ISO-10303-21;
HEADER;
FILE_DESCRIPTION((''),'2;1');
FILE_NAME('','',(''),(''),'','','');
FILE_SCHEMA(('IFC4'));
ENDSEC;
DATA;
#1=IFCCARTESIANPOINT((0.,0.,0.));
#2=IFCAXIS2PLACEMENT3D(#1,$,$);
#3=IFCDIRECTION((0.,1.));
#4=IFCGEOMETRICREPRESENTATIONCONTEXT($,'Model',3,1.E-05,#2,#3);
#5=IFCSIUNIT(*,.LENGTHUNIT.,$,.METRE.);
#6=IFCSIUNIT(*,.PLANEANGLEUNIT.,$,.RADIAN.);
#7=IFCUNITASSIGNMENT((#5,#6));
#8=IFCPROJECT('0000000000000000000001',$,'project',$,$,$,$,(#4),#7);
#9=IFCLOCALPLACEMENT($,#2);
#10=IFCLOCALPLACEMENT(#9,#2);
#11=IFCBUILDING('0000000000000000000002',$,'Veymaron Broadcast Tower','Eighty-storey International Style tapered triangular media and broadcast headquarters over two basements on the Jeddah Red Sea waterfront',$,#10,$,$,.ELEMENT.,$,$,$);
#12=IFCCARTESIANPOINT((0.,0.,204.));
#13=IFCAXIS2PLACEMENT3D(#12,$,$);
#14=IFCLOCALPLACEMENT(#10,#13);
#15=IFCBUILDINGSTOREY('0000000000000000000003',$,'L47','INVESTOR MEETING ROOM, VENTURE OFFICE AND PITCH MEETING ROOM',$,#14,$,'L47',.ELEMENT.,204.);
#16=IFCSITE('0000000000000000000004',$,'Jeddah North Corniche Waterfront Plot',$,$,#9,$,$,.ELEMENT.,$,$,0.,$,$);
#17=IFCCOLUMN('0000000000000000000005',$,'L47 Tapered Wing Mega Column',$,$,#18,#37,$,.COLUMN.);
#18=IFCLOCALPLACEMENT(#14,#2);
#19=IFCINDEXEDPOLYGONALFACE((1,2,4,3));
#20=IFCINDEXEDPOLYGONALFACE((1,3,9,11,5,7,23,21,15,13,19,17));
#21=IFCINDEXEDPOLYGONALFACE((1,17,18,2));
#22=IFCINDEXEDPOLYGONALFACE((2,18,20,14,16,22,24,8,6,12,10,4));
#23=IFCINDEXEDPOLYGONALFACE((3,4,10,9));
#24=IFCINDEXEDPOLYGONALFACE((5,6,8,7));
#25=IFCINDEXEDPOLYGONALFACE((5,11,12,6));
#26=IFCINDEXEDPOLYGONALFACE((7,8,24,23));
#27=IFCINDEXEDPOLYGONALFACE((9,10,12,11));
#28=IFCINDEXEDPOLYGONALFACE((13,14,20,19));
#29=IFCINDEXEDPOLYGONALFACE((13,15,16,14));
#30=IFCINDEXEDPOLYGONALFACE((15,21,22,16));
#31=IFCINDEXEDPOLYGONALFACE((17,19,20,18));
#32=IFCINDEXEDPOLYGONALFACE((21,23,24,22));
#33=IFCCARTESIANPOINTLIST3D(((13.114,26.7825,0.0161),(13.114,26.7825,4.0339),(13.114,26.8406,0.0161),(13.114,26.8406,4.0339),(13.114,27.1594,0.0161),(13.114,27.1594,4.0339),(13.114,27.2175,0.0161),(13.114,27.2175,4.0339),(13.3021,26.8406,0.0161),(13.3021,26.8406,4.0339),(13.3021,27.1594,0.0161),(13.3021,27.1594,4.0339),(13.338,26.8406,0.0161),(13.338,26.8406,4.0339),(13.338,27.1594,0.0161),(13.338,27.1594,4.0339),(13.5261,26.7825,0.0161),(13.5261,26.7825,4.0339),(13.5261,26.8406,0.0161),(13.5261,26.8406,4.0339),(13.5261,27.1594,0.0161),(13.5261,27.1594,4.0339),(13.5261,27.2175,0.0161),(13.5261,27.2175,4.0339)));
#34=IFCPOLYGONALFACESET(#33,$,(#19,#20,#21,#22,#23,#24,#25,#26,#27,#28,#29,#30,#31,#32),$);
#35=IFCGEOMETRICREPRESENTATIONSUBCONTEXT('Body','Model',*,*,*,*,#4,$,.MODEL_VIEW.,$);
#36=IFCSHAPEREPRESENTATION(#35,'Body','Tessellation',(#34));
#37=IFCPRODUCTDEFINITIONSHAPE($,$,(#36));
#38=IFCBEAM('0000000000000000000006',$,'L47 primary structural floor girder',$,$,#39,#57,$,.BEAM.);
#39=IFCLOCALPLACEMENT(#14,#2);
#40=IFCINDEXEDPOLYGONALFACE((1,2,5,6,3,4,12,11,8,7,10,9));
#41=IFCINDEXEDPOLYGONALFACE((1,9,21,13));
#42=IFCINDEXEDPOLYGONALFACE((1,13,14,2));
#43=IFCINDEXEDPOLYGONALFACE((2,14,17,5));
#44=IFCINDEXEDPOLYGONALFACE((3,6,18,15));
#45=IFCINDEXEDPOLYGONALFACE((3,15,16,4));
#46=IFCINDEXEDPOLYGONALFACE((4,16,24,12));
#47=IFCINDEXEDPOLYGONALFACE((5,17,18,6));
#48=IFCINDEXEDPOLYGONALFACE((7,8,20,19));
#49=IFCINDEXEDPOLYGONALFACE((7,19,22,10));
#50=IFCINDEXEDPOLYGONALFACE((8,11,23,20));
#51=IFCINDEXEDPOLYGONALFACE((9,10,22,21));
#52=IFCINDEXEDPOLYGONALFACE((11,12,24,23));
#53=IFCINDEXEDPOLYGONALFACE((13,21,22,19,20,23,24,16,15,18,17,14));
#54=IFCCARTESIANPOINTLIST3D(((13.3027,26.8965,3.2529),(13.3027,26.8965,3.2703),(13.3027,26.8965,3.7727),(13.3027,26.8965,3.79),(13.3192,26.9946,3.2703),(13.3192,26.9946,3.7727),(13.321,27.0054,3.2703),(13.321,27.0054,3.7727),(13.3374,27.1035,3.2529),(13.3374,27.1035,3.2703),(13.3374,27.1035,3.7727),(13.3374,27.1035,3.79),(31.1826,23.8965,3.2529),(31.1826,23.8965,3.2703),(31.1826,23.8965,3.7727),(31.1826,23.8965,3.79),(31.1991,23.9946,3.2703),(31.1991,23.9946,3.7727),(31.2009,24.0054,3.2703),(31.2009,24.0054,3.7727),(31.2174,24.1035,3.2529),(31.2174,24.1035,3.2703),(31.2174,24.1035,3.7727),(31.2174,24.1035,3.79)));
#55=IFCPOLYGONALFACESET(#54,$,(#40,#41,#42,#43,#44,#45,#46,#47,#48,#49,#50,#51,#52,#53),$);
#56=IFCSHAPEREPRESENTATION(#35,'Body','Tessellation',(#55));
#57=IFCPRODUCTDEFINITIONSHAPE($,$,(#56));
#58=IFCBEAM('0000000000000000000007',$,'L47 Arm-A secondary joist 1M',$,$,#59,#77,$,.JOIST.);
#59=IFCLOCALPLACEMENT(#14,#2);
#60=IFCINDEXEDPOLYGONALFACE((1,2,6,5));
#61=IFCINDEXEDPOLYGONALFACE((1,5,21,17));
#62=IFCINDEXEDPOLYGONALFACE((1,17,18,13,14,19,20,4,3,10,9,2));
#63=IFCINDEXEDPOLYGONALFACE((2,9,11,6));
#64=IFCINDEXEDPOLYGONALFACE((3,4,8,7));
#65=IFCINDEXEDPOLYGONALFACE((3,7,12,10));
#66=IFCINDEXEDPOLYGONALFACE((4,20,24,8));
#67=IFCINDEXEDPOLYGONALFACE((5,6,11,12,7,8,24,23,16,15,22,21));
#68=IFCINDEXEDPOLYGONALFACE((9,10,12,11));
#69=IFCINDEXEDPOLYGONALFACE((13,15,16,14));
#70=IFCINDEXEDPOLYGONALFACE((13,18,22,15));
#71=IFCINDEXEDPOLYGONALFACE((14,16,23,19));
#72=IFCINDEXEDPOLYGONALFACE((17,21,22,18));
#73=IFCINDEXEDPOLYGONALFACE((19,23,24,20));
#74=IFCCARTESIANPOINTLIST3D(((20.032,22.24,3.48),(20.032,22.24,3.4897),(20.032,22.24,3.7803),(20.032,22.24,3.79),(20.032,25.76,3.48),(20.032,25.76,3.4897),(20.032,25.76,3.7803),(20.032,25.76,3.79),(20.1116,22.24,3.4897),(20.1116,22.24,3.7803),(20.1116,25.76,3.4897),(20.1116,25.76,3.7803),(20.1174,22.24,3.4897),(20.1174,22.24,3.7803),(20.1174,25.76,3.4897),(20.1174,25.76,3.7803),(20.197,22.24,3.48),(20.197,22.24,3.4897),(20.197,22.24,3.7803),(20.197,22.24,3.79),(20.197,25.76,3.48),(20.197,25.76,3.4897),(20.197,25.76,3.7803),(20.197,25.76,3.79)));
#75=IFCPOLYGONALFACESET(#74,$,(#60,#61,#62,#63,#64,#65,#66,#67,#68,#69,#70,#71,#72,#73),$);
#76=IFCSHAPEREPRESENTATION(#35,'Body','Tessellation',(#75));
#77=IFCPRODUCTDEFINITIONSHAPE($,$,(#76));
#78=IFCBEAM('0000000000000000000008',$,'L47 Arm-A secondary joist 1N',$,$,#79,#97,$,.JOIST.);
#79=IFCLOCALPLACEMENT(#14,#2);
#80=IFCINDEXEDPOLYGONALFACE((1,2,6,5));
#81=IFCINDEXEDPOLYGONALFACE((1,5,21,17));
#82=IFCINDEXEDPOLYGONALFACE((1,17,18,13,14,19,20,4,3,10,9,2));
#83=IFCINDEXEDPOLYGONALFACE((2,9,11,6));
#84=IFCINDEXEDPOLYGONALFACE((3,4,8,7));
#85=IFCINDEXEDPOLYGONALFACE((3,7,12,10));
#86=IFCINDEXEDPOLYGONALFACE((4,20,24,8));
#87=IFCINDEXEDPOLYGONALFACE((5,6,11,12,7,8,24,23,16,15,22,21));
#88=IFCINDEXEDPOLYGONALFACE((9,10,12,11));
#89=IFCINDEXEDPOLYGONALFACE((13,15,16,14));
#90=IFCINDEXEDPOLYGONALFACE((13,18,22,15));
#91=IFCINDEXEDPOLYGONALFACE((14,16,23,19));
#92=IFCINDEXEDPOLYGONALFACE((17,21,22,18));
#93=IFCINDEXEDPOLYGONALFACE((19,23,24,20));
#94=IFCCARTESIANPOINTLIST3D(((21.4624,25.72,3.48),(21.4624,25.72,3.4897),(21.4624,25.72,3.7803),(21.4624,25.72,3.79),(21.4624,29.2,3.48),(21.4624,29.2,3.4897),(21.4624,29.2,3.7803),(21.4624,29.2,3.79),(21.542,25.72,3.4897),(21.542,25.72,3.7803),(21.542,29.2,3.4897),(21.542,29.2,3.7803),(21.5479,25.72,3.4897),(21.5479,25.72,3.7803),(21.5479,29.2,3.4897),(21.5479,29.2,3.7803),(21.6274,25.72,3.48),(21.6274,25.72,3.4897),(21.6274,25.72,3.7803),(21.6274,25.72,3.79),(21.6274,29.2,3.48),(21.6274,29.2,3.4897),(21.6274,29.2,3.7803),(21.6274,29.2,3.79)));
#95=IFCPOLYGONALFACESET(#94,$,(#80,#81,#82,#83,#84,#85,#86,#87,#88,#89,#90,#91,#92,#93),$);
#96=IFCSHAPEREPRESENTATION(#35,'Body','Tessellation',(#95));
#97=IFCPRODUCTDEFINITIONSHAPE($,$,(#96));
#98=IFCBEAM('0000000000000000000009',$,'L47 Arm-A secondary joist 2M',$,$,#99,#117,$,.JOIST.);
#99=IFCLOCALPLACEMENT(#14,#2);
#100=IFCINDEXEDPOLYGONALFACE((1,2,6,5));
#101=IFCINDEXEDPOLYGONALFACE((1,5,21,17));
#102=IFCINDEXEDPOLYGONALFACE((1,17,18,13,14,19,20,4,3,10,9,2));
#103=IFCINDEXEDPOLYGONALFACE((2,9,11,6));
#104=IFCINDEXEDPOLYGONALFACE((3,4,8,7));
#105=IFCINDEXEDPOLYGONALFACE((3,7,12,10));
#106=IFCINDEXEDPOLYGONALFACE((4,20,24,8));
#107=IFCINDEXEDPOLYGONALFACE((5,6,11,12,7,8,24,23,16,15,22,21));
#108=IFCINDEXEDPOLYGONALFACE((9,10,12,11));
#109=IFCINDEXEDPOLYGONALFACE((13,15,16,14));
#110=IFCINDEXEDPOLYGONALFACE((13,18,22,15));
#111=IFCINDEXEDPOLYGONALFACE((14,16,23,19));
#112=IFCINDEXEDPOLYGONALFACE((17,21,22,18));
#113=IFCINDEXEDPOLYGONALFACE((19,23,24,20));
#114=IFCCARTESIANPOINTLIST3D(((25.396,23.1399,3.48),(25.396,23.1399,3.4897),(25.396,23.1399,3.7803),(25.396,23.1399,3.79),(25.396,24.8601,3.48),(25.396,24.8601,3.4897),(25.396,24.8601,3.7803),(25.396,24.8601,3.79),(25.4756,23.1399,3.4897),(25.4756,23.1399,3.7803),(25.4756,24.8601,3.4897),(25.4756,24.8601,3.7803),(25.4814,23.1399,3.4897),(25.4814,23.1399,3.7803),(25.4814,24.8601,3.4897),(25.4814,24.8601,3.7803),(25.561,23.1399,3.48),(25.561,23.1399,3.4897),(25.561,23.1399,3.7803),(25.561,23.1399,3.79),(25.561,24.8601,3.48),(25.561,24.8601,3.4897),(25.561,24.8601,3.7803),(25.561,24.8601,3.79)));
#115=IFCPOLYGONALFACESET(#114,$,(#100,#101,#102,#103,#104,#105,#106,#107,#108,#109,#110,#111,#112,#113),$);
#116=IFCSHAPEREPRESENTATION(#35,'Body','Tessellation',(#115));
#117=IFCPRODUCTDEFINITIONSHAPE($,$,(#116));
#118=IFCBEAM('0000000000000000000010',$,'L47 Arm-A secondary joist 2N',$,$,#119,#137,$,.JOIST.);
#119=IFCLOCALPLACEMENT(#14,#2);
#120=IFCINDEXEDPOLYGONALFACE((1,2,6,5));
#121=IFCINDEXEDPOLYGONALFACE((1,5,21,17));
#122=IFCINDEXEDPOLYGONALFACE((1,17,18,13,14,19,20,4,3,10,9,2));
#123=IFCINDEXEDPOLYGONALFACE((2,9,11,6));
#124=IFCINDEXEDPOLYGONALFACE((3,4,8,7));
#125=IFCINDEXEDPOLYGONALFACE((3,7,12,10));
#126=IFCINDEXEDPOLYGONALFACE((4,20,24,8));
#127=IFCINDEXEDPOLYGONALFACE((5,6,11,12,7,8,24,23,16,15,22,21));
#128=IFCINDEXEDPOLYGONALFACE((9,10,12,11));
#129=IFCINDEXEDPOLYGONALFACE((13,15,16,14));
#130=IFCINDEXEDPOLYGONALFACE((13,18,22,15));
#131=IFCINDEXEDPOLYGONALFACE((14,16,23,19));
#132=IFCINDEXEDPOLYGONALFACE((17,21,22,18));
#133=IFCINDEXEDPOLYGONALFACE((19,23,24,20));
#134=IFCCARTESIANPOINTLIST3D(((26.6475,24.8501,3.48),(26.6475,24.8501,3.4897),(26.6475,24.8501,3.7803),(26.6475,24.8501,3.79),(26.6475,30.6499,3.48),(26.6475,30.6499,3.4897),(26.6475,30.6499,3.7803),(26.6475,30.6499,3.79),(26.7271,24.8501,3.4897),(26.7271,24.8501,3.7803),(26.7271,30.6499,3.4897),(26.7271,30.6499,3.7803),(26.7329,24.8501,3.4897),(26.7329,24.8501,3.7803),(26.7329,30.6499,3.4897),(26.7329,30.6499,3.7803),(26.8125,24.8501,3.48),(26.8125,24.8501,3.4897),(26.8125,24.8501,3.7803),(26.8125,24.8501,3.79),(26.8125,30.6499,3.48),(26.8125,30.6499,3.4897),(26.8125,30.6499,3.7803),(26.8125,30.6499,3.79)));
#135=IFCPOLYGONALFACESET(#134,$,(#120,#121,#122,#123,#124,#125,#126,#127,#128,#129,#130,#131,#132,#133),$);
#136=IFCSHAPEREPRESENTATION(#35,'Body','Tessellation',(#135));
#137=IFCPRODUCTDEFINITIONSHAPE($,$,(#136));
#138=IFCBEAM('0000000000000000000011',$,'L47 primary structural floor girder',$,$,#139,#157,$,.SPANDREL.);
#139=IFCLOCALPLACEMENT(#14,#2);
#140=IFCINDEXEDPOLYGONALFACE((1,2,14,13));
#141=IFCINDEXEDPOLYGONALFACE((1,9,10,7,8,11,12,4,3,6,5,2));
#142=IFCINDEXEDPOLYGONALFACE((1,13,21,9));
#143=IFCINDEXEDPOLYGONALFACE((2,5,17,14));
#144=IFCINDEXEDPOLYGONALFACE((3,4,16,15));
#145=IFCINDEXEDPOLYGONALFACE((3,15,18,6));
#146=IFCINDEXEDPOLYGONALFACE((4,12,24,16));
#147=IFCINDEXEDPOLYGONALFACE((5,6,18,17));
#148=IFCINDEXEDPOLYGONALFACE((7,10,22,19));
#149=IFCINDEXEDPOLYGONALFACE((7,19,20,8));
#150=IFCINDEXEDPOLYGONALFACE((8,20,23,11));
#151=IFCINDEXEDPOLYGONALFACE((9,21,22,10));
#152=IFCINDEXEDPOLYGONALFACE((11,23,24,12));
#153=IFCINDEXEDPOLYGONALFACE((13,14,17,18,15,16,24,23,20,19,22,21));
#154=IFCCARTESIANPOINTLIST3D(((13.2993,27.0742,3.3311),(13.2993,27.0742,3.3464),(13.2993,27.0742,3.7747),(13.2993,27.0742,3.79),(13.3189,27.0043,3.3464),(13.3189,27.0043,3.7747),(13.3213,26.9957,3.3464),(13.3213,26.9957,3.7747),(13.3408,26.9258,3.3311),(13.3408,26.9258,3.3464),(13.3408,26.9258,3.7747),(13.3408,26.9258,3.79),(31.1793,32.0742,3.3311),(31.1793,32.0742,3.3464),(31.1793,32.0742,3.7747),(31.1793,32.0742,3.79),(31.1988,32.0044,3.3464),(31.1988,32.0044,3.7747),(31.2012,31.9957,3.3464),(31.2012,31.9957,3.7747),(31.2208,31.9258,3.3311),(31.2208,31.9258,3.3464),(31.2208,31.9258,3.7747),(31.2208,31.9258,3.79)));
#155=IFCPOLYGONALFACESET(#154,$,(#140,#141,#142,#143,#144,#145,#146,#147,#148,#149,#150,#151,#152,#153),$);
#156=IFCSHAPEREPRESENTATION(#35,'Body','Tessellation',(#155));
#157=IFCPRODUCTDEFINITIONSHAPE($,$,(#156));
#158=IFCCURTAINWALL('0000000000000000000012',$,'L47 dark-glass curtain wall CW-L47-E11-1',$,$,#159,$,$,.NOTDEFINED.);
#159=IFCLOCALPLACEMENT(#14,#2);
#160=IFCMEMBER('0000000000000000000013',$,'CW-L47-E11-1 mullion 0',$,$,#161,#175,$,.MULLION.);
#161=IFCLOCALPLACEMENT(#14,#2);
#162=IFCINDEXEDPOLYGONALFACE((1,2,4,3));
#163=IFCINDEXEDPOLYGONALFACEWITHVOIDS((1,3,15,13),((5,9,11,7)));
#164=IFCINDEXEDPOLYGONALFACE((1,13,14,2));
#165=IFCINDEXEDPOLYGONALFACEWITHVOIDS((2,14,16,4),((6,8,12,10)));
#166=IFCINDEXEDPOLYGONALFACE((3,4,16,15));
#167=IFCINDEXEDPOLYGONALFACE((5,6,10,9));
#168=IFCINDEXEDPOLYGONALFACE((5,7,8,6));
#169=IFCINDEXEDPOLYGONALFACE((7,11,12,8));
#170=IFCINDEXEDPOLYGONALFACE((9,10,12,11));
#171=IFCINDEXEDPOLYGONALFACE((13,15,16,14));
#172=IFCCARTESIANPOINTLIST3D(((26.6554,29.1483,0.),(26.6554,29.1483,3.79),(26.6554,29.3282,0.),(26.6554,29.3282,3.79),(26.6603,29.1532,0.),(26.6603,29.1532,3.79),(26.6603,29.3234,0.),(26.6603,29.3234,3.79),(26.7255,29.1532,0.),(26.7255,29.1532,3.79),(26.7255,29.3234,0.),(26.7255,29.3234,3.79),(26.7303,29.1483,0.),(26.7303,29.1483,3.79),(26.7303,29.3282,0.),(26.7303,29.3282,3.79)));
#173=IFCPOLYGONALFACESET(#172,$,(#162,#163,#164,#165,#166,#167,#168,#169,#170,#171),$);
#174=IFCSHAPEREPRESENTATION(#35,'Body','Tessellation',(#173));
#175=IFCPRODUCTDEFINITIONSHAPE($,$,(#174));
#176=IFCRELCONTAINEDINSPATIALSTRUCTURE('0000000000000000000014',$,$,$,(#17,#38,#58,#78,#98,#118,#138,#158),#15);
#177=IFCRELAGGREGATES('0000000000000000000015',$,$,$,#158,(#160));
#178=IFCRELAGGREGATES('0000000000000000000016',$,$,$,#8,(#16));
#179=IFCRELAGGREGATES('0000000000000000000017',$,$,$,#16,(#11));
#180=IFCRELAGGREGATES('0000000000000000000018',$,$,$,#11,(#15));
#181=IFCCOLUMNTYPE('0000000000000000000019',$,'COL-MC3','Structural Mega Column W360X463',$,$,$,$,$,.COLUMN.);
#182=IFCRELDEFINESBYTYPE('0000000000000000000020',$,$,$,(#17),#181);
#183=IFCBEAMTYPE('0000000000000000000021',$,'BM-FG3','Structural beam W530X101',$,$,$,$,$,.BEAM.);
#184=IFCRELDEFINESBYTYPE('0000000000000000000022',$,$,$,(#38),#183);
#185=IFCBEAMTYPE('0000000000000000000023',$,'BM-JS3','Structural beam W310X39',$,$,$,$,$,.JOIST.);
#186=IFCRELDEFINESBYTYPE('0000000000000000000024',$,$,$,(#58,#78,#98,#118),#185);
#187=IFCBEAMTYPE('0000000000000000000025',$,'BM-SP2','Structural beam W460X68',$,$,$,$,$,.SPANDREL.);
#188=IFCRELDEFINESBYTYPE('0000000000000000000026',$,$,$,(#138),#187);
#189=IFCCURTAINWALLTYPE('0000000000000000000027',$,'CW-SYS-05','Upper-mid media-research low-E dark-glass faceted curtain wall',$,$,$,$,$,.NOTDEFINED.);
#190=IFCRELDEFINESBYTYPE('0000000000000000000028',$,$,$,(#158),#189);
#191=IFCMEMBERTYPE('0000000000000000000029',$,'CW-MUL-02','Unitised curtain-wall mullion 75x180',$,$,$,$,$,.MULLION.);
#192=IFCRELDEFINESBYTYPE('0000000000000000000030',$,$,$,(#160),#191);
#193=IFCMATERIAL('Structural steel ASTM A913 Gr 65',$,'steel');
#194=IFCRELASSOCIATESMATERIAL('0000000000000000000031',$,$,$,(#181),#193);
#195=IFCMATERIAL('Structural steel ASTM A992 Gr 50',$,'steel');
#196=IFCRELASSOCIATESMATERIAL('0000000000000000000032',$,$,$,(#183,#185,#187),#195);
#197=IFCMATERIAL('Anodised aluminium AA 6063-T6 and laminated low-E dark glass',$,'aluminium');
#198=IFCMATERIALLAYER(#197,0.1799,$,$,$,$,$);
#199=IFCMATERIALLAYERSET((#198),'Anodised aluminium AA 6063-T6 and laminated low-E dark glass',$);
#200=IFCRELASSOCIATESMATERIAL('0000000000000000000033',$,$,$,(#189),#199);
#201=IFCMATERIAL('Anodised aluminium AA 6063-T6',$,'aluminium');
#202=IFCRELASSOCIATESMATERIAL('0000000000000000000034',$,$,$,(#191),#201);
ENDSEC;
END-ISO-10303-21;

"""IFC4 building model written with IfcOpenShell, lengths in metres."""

from ifc_helpers import new_model, si_unit, direction, frame, origin, origin_2d, place, context, subcontext, project, spatial, hollow_rectangle, i_section, extrude, material, layer, layer_set, material_profile, profile_set, type_object, element, aggregate, save


model = new_model("IFC4")

# Units and contexts
model_context = context("Model", 3, precision=1e-05, world=origin(), true_north=direction((0.0, 1.0)))
body_context = subcontext(model_context, "Body", "Model", "MODEL_VIEW")
ifc_project = project(units=[si_unit("LENGTHUNIT", "METRE"), si_unit("PLANEANGLEUNIT", "RADIAN")], contexts=[model_context])

# Site, building, storey
site_placement = place(None, origin())
site = spatial("IfcSite", under=ifc_project, at=site_placement, Name="Jeddah North Corniche Waterfront Plot", CompositionType="ELEMENT", RefElevation=0.0)
building_placement = place(site_placement, origin())
building = spatial("IfcBuilding", under=site, at=building_placement, Name="Veymaron Broadcast Tower", Description="Eighty-storey International Style tapered triangular media and broadcast headquarters over two basements on the Jeddah Red Sea waterfront", CompositionType="ELEMENT")
storey_placement = place(building_placement, frame((0.0, 0.0, 204.0)))
storey = spatial("IfcBuildingStorey", under=building, at=storey_placement, Name="L47", Description="INVESTOR MEETING ROOM, VENTURE OFFICE AND PITCH MEETING ROOM", LongName="L47", CompositionType="ELEMENT", Elevation=204.0)

# Column
ifc_material_1 = material(Name="Structural steel ASTM A913 Gr 65", Category="steel")
ifc_material_profile_1 = material_profile(ifc_material_1, i_section(OverallWidth=0.4121, OverallDepth=0.4351, WebThickness=0.0359, FlangeThickness=0.0581, at=origin_2d()), Name="W360X463")
ifc_profile_set_1 = profile_set([ifc_material_profile_1], Name="Structural steel ASTM A913 Gr 65")
column_type = type_object("IfcColumnType", Name="COL-MC3", Description="Structural Mega Column W360X463", PredefinedType="COLUMN", material=ifc_profile_set_1)
column_placement = place(storey_placement, frame((13.3201, 27.0, 0.0161), z_axis=(0.0, 0.0, 1.0), x_axis=(1.0, 0.0, 0.0)))
element("IfcColumn", 1, at=column_placement, inside=storey, type_object=column_type, Name="L47 Tapered Wing Mega Column", PredefinedType="COLUMN", context=body_context, shape_type="SweptSolid", body=[
    extrude(i_section(OverallWidth=0.4121, OverallDepth=0.4351, WebThickness=0.0359, FlangeThickness=0.0581, at=origin_2d()), origin(), (0.0, 0.0, 1.0), 4.0178),
])

# Beams
ifc_material_2 = material(Name="Structural steel ASTM A992 Gr 50", Category="steel")
ifc_material_profile_2 = material_profile(ifc_material_2, i_section(OverallWidth=0.21, OverallDepth=0.5371, WebThickness=0.011, FlangeThickness=0.0173, at=origin_2d()), Name="W530X101")
ifc_profile_set_2 = profile_set([ifc_material_profile_2], Name="Structural steel ASTM A992 Gr 50")
beam_type_1 = type_object("IfcBeamType", Name="BM-FG3", Description="Structural beam W530X101", PredefinedType="BEAM", material=ifc_profile_set_2)
beam_1_placement = place(storey_placement, frame((13.3201, 27.0, 3.5215), z_axis=(0.986214, -0.165473, 0.0), x_axis=(0.165473, 0.986214, 0.0)))
element("IfcBeam", 2, at=beam_1_placement, inside=storey, type_object=beam_type_1, Name="L47 primary structural floor girder", PredefinedType="BEAM", context=body_context, shape_type="SweptSolid", body=[
    extrude(i_section(OverallWidth=0.21, OverallDepth=0.5371, WebThickness=0.011, FlangeThickness=0.0173, at=origin_2d()), origin(), (0.0, 0.0, 1.0), 18.1299),
])
ifc_material_profile_3 = material_profile(ifc_material_2, i_section(OverallWidth=0.165, OverallDepth=0.3101, WebThickness=0.0059, FlangeThickness=0.0098, at=origin_2d()), Name="W310X39")
ifc_profile_set_3 = profile_set([ifc_material_profile_3], Name="Structural steel ASTM A992 Gr 50")
beam_type_2 = type_object("IfcBeamType", Name="BM-JS3", Description="Structural beam W310X39", PredefinedType="JOIST", material=ifc_profile_set_3)
beam_2_placement = place(storey_placement, frame((20.1145, 22.24, 3.635), z_axis=(0.0, 1.0, 0.0), x_axis=(-1.0, 0.0, 0.0)))
element("IfcBeam", 3, at=beam_2_placement, inside=storey, type_object=beam_type_2, Name="L47 Arm-A secondary joist 1M", PredefinedType="JOIST", context=body_context, shape_type="SweptSolid", body=[
    extrude(i_section(OverallWidth=0.165, OverallDepth=0.3101, WebThickness=0.0059, FlangeThickness=0.0098, at=origin_2d()), origin(), (0.0, 0.0, 1.0), 3.52),
])
beam_3_placement = place(storey_placement, frame((21.5449, 25.72, 3.635), z_axis=(0.0, 1.0, 0.0), x_axis=(-1.0, 0.0, 0.0)))
element("IfcBeam", 4, at=beam_3_placement, inside=storey, type_object=beam_type_2, Name="L47 Arm-A secondary joist 1N", PredefinedType="JOIST", context=body_context, shape_type="SweptSolid", body=[
    extrude(i_section(OverallWidth=0.165, OverallDepth=0.3101, WebThickness=0.0059, FlangeThickness=0.0098, at=origin_2d()), origin(), (0.0, 0.0, 1.0), 3.48),
])
beam_4_placement = place(storey_placement, frame((25.4785, 23.1399, 3.635), z_axis=(0.0, 1.0, 0.0), x_axis=(-1.0, 0.0, 0.0)))
element("IfcBeam", 5, at=beam_4_placement, inside=storey, type_object=beam_type_2, Name="L47 Arm-A secondary joist 2M", PredefinedType="JOIST", context=body_context, shape_type="SweptSolid", body=[
    extrude(i_section(OverallWidth=0.165, OverallDepth=0.3101, WebThickness=0.0059, FlangeThickness=0.0098, at=origin_2d()), origin(), (0.0, 0.0, 1.0), 1.7202),
])
beam_5_placement = place(storey_placement, frame((26.73, 24.8501, 3.635), z_axis=(0.0, 1.0, 0.0), x_axis=(-1.0, 0.0, 0.0)))
element("IfcBeam", 6, at=beam_5_placement, inside=storey, type_object=beam_type_2, Name="L47 Arm-A secondary joist 2N", PredefinedType="JOIST", context=body_context, shape_type="SweptSolid", body=[
    extrude(i_section(OverallWidth=0.165, OverallDepth=0.3101, WebThickness=0.0059, FlangeThickness=0.0098, at=origin_2d()), origin(), (0.0, 0.0, 1.0), 5.7998),
])
ifc_material_profile_4 = material_profile(ifc_material_2, i_section(OverallWidth=0.1541, OverallDepth=0.459, WebThickness=0.009, FlangeThickness=0.0154, at=origin_2d()), Name="W460X68")
ifc_profile_set_4 = profile_set([ifc_material_profile_4], Name="Structural steel ASTM A992 Gr 50")
beam_type_3 = type_object("IfcBeamType", Name="BM-SP2", Description="Structural beam W460X68", PredefinedType="SPANDREL", material=ifc_profile_set_4)
beam_6_placement = place(storey_placement, frame((13.3201, 27.0, 3.5605), z_axis=(0.963053, 0.269312, 0.0), x_axis=(-0.269312, 0.963053, 0.0)))
element("IfcBeam", 7, at=beam_6_placement, inside=storey, type_object=beam_type_3, Name="L47 primary structural floor girder", PredefinedType="SPANDREL", context=body_context, shape_type="SweptSolid", body=[
    extrude(i_section(OverallWidth=0.1541, OverallDepth=0.459, WebThickness=0.009, FlangeThickness=0.0154, at=origin_2d()), origin(), (0.0, 0.0, 1.0), 18.5659),
])

# Curtain wall, member
ifc_material_3 = material(Name="Anodised aluminium AA 6063-T6 and laminated low-E dark glass", Category="aluminium")
ifc_layer_1 = layer(ifc_material_3, 0.1799)
ifc_layer_set_1 = layer_set([ifc_layer_1], Name="Anodised aluminium AA 6063-T6 and laminated low-E dark glass")
curtain_wall_type = type_object("IfcCurtainWallType", Name="CW-SYS-05", Description="Upper-mid media-research low-E dark-glass faceted curtain wall", PredefinedType="NOTDEFINED", material=ifc_layer_set_1)
curtain_wall_placement = place(storey_placement, origin())
curtain_wall = element("IfcCurtainWall", 8, at=curtain_wall_placement, inside=storey, type_object=curtain_wall_type, Name="L47 dark-glass curtain wall CW-L47-E11-1", PredefinedType="NOTDEFINED")
ifc_material_4 = material(Name="Anodised aluminium AA 6063-T6", Category="aluminium")
ifc_material_profile_5 = material_profile(ifc_material_4, hollow_rectangle(XDim=0.075, YDim=0.1799, WallThickness=0.0049, at=origin_2d()), Name="AL180X75X5")
ifc_profile_set_5 = profile_set([ifc_material_profile_5], Name="Anodised aluminium AA 6063-T6")
member_type_1 = type_object("IfcMemberType", Name="CW-MUL-02", Description="Unitised curtain-wall mullion 75x180", PredefinedType="MULLION", material=ifc_profile_set_5)
member_1_placement = place(storey_placement, frame((26.6929, 29.2383, 0.0), z_axis=(0.0, 0.0, 1.0), x_axis=(1.0, 0.0, 0.0)))
member_1 = element("IfcMember", 9, at=member_1_placement, type_object=member_type_1, Name="CW-L47-E11-1 mullion 0", PredefinedType="MULLION", context=body_context, shape_type="SweptSolid", body=[
    extrude(hollow_rectangle(XDim=0.075, YDim=0.1799, WallThickness=0.0049, at=origin_2d()), origin(), (0.0, 0.0, 1.0), 3.79),
])
aggregate(curtain_wall, [member_1])

save(model, "model.ifc")
